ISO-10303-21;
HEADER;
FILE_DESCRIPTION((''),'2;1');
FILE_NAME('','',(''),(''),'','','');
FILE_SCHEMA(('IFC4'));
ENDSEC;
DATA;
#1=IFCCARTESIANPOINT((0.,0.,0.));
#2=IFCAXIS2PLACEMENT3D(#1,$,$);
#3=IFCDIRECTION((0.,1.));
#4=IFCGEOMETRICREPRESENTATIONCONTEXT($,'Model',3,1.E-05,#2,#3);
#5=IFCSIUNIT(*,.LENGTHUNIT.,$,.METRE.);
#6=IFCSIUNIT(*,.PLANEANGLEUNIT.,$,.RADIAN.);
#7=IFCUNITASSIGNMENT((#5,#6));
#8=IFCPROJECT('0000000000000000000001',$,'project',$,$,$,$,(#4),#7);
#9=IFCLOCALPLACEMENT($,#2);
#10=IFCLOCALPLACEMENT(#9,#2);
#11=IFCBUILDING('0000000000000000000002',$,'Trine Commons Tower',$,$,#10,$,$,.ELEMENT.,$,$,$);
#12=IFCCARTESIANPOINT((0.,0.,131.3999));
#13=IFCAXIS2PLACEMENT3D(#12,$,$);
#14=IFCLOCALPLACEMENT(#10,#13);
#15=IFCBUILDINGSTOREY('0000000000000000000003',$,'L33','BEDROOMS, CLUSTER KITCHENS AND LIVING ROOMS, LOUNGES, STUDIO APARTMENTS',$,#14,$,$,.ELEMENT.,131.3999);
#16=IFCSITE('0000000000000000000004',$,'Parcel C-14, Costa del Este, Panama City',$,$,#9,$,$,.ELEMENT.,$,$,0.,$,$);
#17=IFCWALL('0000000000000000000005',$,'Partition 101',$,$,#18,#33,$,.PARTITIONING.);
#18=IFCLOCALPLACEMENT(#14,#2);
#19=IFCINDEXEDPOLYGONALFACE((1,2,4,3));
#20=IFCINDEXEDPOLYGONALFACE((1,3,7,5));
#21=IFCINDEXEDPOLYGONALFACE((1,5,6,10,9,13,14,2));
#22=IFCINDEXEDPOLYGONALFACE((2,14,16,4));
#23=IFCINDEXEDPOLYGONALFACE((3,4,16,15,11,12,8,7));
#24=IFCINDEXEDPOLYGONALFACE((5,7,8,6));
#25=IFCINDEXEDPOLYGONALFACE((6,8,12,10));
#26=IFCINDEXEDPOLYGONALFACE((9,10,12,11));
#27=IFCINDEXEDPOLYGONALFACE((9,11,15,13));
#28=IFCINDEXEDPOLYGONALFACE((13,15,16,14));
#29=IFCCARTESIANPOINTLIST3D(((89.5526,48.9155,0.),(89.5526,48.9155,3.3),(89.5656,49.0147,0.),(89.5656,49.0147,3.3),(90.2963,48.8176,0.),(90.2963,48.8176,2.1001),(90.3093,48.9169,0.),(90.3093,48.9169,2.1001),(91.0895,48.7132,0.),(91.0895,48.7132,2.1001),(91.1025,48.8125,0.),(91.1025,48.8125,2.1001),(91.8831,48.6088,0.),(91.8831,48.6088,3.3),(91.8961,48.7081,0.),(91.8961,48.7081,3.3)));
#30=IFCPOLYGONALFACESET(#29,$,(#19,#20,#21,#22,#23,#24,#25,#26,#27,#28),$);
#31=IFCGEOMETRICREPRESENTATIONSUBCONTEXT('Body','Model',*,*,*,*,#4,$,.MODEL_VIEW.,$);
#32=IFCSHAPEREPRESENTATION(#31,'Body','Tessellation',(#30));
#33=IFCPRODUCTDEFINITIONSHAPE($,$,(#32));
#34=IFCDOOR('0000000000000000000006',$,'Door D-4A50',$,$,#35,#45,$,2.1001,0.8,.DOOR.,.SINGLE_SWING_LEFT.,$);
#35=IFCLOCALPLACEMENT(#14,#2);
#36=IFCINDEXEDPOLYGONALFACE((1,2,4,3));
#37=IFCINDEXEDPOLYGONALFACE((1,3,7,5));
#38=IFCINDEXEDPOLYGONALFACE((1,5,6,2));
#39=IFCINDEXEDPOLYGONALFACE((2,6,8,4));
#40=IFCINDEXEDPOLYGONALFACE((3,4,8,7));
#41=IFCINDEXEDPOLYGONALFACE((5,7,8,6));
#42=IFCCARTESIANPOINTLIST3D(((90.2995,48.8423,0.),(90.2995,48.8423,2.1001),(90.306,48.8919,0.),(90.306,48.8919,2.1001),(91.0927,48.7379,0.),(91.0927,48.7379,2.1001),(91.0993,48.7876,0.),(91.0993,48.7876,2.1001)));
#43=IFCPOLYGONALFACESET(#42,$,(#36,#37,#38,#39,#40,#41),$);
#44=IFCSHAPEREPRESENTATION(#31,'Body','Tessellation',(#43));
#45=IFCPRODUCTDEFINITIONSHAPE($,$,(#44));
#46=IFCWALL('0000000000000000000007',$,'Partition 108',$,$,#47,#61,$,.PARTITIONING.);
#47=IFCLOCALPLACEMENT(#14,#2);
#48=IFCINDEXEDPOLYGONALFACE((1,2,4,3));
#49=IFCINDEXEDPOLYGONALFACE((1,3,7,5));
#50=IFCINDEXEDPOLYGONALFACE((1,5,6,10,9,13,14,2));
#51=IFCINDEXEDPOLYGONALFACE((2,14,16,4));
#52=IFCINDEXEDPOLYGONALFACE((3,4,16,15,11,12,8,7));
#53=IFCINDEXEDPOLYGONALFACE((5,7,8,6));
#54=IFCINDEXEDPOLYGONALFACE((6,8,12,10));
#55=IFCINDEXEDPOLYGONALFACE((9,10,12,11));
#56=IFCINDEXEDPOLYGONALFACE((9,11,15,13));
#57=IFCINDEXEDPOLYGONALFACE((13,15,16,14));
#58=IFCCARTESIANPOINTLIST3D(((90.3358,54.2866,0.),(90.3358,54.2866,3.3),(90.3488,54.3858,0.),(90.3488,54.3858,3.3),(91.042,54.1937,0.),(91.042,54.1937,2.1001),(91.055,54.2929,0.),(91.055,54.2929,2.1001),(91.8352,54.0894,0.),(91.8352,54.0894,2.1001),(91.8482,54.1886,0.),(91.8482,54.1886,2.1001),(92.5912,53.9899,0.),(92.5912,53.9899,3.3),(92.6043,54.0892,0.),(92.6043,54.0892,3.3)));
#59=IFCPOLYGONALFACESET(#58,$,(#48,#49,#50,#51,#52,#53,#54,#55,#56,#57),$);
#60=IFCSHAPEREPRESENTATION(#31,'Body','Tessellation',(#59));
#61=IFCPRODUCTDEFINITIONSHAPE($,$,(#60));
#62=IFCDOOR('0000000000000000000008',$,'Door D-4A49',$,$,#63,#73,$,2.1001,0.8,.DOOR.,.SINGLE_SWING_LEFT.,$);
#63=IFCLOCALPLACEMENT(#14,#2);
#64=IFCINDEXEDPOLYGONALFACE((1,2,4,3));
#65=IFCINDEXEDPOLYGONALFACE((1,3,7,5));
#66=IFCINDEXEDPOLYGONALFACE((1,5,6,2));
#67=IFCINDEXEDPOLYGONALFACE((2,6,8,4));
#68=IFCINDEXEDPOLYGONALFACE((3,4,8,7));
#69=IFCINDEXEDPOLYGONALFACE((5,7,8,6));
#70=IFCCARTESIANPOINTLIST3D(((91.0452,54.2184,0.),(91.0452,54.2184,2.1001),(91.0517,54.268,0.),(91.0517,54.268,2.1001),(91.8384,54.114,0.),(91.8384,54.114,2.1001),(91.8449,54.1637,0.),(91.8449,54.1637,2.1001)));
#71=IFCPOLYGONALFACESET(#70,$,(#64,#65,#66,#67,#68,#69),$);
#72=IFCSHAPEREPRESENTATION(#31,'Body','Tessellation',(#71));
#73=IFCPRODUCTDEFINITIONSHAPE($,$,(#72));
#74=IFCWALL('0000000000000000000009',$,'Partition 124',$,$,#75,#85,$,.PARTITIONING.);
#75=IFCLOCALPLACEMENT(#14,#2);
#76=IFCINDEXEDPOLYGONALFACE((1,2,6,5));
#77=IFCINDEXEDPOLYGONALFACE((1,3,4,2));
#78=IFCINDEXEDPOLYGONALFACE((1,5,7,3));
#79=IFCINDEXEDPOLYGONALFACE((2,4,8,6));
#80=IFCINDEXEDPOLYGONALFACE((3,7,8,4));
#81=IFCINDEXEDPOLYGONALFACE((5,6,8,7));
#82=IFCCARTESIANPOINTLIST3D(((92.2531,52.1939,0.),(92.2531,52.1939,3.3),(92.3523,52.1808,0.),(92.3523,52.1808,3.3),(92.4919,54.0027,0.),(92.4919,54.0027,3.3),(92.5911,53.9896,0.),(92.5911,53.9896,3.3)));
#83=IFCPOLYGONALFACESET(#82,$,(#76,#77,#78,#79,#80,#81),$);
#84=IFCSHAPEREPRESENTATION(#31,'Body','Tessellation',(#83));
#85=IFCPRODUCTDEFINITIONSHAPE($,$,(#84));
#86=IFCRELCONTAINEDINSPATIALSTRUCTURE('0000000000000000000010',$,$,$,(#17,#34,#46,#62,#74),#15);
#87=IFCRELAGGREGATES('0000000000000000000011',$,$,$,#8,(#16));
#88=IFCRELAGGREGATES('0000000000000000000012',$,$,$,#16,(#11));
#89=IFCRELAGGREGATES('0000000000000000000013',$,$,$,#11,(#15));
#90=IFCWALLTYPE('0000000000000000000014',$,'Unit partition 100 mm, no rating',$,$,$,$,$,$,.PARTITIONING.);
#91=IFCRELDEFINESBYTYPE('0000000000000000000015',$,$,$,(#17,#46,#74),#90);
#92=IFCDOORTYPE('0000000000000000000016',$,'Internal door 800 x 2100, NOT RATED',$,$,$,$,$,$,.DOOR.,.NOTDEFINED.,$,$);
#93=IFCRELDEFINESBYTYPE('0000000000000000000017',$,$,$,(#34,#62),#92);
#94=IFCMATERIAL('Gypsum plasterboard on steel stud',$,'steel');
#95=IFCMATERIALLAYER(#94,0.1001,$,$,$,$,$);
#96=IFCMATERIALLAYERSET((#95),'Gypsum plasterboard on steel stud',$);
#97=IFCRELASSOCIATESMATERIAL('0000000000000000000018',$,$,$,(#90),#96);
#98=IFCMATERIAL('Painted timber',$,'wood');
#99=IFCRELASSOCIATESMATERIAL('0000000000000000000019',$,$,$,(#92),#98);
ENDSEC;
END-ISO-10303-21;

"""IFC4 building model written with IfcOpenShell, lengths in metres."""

from ifc_helpers import new_model, si_unit, direction, frame, frame_2d, origin, place, context, subcontext, project, spatial, rectangle, extrude, material, layer, layer_set, type_object, element, fill, save


model = new_model("IFC4")

# Units and contexts
model_context = context("Model", 3, precision=1e-05, world=origin(), true_north=direction((0.0, 1.0)))
body_context = subcontext(model_context, "Body", "Model", "MODEL_VIEW")
ifc_project = project(units=[si_unit("LENGTHUNIT", "METRE"), si_unit("PLANEANGLEUNIT", "RADIAN")], contexts=[model_context])

# Site, building, storey
site_placement = place(None, origin())
site = spatial("IfcSite", under=ifc_project, at=site_placement, Name="Parcel C-14, Costa del Este, Panama City", CompositionType="ELEMENT", RefElevation=0.0)
building_placement = place(site_placement, origin())
building = spatial("IfcBuilding", under=site, at=building_placement, Name="Trine Commons Tower", CompositionType="ELEMENT")
storey_placement = place(building_placement, frame((0.0, 0.0, 131.3999)))
storey = spatial("IfcBuildingStorey", under=building, at=storey_placement, Name="L33", Description="BEDROOMS, CLUSTER KITCHENS AND LIVING ROOMS, LOUNGES, STUDIO APARTMENTS", CompositionType="ELEMENT", Elevation=131.3999)

# Shared definitions
ifc_material_1 = material(Name="Gypsum plasterboard on steel stud", Category="steel")

# Walls, openings, doors
ifc_layer_1 = layer(ifc_material_1, 0.1001)
ifc_layer_set_1 = layer_set([ifc_layer_1], Name="Gypsum plasterboard on steel stud")
wall_type_1 = type_object("IfcWallType", Name="Unit partition 100 mm, no rating", PredefinedType="PARTITIONING", material=ifc_layer_set_1)
wall_1_placement = place(storey_placement, frame((89.5591, 48.9651, 0.0), z_axis=(0.0, 0.0, 1.0), x_axis=(0.991455, -0.130449, 0.0)))
wall_1 = element("IfcWall", 1, at=wall_1_placement, inside=storey, type_object=wall_type_1, Name="Partition 101", PredefinedType="PARTITIONING", context=body_context, shape_type="SweptSolid", body=[
    extrude(rectangle(XDim=2.3506, YDim=0.1001, at=frame_2d((1.1753, 0.0))), origin(), (0.0, 0.0, 1.0), 3.3),
])
opening_1_placement = place(wall_1_placement, frame((0.7502, 0.0, 0.0)))
opening_1 = element("IfcOpeningElement", 2, at=opening_1_placement, cuts=wall_1, PredefinedType="OPENING", context=body_context, shape_type="SweptSolid", body=[
    extrude(rectangle(XDim=0.8, YDim=2.1001, at=frame_2d((0.3999, 1.05))), frame((0.0, 0.0601, 0.0), z_axis=(0.0, -1.0, 0.0), x_axis=(1.0, 0.0, 0.0)), (0.0, 0.0, 1.0), 0.1201),
])
ifc_material_2 = material(Name="Painted timber", Category="wood")
door_type_1 = type_object("IfcDoorType", Name="Internal door 800 x 2100, NOT RATED", OperationType="NOTDEFINED", PredefinedType="DOOR", material=ifc_material_2)
door_1_placement = place(opening_1_placement, origin())
door_1 = element("IfcDoor", 3, at=door_1_placement, inside=storey, type_object=door_type_1, Name="Door D-4A50", OperationType="SINGLE_SWING_LEFT", OverallHeight=2.1001, OverallWidth=0.8, PredefinedType="DOOR", context=body_context, shape_type="SweptSolid", body=[
    extrude(rectangle(XDim=0.8, YDim=2.1001, at=frame_2d((0.3999, 1.05))), frame((0.0, 0.0249, 0.0), z_axis=(0.0, -1.0, 0.0), x_axis=(1.0, 0.0, 0.0)), (0.0, 0.0, 1.0), 0.05),
])
fill(opening_1, door_1)
wall_2_placement = place(storey_placement, frame((90.3423, 54.3362, 0.0), z_axis=(0.0, 0.0, 1.0), x_axis=(0.991462, -0.130399, 0.0)))
wall_2 = element("IfcWall", 4, at=wall_2_placement, inside=storey, type_object=wall_type_1, Name="Partition 108", PredefinedType="PARTITIONING", context=body_context, shape_type="SweptSolid", body=[
    extrude(rectangle(XDim=2.2749, YDim=0.1001, at=frame_2d((1.1375, 0.0))), origin(), (0.0, 0.0, 1.0), 3.3),
])
opening_2_placement = place(wall_2_placement, frame((0.7124, 0.0, 0.0)))
opening_2 = element("IfcOpeningElement", 5, at=opening_2_placement, cuts=wall_2, PredefinedType="OPENING", context=body_context, shape_type="SweptSolid", body=[
    extrude(rectangle(XDim=0.8, YDim=2.1001, at=frame_2d((0.3999, 1.05))), frame((0.0, 0.0601, 0.0), z_axis=(0.0, -1.0, 0.0), x_axis=(1.0, 0.0, 0.0)), (0.0, 0.0, 1.0), 0.1201),
])
door_2_placement = place(opening_2_placement, origin())
door_2 = element("IfcDoor", 6, at=door_2_placement, inside=storey, type_object=door_type_1, Name="Door D-4A49", OperationType="SINGLE_SWING_LEFT", OverallHeight=2.1001, OverallWidth=0.8, PredefinedType="DOOR", context=body_context, shape_type="SweptSolid", body=[
    extrude(rectangle(XDim=0.8, YDim=2.1001, at=frame_2d((0.3999, 1.05))), frame((0.0, 0.0249, 0.0), z_axis=(0.0, -1.0, 0.0), x_axis=(1.0, 0.0, 0.0)), (0.0, 0.0, 1.0), 0.05),
])
fill(opening_2, door_2)

# Wall
wall_3_placement = place(storey_placement, frame((92.3027, 52.1875, 0.0), z_axis=(0.0, 0.0, 1.0), x_axis=(0.130866, 0.9914, 0.0)))
element("IfcWall", 7, at=wall_3_placement, inside=storey, type_object=wall_type_1, Name="Partition 124", PredefinedType="PARTITIONING", context=body_context, shape_type="SweptSolid", body=[
    extrude(rectangle(XDim=1.8245, YDim=0.1001, at=frame_2d((0.9121, 0.0))), origin(), (0.0, 0.0, 1.0), 3.3),
])

save(model, "model.ifc")
